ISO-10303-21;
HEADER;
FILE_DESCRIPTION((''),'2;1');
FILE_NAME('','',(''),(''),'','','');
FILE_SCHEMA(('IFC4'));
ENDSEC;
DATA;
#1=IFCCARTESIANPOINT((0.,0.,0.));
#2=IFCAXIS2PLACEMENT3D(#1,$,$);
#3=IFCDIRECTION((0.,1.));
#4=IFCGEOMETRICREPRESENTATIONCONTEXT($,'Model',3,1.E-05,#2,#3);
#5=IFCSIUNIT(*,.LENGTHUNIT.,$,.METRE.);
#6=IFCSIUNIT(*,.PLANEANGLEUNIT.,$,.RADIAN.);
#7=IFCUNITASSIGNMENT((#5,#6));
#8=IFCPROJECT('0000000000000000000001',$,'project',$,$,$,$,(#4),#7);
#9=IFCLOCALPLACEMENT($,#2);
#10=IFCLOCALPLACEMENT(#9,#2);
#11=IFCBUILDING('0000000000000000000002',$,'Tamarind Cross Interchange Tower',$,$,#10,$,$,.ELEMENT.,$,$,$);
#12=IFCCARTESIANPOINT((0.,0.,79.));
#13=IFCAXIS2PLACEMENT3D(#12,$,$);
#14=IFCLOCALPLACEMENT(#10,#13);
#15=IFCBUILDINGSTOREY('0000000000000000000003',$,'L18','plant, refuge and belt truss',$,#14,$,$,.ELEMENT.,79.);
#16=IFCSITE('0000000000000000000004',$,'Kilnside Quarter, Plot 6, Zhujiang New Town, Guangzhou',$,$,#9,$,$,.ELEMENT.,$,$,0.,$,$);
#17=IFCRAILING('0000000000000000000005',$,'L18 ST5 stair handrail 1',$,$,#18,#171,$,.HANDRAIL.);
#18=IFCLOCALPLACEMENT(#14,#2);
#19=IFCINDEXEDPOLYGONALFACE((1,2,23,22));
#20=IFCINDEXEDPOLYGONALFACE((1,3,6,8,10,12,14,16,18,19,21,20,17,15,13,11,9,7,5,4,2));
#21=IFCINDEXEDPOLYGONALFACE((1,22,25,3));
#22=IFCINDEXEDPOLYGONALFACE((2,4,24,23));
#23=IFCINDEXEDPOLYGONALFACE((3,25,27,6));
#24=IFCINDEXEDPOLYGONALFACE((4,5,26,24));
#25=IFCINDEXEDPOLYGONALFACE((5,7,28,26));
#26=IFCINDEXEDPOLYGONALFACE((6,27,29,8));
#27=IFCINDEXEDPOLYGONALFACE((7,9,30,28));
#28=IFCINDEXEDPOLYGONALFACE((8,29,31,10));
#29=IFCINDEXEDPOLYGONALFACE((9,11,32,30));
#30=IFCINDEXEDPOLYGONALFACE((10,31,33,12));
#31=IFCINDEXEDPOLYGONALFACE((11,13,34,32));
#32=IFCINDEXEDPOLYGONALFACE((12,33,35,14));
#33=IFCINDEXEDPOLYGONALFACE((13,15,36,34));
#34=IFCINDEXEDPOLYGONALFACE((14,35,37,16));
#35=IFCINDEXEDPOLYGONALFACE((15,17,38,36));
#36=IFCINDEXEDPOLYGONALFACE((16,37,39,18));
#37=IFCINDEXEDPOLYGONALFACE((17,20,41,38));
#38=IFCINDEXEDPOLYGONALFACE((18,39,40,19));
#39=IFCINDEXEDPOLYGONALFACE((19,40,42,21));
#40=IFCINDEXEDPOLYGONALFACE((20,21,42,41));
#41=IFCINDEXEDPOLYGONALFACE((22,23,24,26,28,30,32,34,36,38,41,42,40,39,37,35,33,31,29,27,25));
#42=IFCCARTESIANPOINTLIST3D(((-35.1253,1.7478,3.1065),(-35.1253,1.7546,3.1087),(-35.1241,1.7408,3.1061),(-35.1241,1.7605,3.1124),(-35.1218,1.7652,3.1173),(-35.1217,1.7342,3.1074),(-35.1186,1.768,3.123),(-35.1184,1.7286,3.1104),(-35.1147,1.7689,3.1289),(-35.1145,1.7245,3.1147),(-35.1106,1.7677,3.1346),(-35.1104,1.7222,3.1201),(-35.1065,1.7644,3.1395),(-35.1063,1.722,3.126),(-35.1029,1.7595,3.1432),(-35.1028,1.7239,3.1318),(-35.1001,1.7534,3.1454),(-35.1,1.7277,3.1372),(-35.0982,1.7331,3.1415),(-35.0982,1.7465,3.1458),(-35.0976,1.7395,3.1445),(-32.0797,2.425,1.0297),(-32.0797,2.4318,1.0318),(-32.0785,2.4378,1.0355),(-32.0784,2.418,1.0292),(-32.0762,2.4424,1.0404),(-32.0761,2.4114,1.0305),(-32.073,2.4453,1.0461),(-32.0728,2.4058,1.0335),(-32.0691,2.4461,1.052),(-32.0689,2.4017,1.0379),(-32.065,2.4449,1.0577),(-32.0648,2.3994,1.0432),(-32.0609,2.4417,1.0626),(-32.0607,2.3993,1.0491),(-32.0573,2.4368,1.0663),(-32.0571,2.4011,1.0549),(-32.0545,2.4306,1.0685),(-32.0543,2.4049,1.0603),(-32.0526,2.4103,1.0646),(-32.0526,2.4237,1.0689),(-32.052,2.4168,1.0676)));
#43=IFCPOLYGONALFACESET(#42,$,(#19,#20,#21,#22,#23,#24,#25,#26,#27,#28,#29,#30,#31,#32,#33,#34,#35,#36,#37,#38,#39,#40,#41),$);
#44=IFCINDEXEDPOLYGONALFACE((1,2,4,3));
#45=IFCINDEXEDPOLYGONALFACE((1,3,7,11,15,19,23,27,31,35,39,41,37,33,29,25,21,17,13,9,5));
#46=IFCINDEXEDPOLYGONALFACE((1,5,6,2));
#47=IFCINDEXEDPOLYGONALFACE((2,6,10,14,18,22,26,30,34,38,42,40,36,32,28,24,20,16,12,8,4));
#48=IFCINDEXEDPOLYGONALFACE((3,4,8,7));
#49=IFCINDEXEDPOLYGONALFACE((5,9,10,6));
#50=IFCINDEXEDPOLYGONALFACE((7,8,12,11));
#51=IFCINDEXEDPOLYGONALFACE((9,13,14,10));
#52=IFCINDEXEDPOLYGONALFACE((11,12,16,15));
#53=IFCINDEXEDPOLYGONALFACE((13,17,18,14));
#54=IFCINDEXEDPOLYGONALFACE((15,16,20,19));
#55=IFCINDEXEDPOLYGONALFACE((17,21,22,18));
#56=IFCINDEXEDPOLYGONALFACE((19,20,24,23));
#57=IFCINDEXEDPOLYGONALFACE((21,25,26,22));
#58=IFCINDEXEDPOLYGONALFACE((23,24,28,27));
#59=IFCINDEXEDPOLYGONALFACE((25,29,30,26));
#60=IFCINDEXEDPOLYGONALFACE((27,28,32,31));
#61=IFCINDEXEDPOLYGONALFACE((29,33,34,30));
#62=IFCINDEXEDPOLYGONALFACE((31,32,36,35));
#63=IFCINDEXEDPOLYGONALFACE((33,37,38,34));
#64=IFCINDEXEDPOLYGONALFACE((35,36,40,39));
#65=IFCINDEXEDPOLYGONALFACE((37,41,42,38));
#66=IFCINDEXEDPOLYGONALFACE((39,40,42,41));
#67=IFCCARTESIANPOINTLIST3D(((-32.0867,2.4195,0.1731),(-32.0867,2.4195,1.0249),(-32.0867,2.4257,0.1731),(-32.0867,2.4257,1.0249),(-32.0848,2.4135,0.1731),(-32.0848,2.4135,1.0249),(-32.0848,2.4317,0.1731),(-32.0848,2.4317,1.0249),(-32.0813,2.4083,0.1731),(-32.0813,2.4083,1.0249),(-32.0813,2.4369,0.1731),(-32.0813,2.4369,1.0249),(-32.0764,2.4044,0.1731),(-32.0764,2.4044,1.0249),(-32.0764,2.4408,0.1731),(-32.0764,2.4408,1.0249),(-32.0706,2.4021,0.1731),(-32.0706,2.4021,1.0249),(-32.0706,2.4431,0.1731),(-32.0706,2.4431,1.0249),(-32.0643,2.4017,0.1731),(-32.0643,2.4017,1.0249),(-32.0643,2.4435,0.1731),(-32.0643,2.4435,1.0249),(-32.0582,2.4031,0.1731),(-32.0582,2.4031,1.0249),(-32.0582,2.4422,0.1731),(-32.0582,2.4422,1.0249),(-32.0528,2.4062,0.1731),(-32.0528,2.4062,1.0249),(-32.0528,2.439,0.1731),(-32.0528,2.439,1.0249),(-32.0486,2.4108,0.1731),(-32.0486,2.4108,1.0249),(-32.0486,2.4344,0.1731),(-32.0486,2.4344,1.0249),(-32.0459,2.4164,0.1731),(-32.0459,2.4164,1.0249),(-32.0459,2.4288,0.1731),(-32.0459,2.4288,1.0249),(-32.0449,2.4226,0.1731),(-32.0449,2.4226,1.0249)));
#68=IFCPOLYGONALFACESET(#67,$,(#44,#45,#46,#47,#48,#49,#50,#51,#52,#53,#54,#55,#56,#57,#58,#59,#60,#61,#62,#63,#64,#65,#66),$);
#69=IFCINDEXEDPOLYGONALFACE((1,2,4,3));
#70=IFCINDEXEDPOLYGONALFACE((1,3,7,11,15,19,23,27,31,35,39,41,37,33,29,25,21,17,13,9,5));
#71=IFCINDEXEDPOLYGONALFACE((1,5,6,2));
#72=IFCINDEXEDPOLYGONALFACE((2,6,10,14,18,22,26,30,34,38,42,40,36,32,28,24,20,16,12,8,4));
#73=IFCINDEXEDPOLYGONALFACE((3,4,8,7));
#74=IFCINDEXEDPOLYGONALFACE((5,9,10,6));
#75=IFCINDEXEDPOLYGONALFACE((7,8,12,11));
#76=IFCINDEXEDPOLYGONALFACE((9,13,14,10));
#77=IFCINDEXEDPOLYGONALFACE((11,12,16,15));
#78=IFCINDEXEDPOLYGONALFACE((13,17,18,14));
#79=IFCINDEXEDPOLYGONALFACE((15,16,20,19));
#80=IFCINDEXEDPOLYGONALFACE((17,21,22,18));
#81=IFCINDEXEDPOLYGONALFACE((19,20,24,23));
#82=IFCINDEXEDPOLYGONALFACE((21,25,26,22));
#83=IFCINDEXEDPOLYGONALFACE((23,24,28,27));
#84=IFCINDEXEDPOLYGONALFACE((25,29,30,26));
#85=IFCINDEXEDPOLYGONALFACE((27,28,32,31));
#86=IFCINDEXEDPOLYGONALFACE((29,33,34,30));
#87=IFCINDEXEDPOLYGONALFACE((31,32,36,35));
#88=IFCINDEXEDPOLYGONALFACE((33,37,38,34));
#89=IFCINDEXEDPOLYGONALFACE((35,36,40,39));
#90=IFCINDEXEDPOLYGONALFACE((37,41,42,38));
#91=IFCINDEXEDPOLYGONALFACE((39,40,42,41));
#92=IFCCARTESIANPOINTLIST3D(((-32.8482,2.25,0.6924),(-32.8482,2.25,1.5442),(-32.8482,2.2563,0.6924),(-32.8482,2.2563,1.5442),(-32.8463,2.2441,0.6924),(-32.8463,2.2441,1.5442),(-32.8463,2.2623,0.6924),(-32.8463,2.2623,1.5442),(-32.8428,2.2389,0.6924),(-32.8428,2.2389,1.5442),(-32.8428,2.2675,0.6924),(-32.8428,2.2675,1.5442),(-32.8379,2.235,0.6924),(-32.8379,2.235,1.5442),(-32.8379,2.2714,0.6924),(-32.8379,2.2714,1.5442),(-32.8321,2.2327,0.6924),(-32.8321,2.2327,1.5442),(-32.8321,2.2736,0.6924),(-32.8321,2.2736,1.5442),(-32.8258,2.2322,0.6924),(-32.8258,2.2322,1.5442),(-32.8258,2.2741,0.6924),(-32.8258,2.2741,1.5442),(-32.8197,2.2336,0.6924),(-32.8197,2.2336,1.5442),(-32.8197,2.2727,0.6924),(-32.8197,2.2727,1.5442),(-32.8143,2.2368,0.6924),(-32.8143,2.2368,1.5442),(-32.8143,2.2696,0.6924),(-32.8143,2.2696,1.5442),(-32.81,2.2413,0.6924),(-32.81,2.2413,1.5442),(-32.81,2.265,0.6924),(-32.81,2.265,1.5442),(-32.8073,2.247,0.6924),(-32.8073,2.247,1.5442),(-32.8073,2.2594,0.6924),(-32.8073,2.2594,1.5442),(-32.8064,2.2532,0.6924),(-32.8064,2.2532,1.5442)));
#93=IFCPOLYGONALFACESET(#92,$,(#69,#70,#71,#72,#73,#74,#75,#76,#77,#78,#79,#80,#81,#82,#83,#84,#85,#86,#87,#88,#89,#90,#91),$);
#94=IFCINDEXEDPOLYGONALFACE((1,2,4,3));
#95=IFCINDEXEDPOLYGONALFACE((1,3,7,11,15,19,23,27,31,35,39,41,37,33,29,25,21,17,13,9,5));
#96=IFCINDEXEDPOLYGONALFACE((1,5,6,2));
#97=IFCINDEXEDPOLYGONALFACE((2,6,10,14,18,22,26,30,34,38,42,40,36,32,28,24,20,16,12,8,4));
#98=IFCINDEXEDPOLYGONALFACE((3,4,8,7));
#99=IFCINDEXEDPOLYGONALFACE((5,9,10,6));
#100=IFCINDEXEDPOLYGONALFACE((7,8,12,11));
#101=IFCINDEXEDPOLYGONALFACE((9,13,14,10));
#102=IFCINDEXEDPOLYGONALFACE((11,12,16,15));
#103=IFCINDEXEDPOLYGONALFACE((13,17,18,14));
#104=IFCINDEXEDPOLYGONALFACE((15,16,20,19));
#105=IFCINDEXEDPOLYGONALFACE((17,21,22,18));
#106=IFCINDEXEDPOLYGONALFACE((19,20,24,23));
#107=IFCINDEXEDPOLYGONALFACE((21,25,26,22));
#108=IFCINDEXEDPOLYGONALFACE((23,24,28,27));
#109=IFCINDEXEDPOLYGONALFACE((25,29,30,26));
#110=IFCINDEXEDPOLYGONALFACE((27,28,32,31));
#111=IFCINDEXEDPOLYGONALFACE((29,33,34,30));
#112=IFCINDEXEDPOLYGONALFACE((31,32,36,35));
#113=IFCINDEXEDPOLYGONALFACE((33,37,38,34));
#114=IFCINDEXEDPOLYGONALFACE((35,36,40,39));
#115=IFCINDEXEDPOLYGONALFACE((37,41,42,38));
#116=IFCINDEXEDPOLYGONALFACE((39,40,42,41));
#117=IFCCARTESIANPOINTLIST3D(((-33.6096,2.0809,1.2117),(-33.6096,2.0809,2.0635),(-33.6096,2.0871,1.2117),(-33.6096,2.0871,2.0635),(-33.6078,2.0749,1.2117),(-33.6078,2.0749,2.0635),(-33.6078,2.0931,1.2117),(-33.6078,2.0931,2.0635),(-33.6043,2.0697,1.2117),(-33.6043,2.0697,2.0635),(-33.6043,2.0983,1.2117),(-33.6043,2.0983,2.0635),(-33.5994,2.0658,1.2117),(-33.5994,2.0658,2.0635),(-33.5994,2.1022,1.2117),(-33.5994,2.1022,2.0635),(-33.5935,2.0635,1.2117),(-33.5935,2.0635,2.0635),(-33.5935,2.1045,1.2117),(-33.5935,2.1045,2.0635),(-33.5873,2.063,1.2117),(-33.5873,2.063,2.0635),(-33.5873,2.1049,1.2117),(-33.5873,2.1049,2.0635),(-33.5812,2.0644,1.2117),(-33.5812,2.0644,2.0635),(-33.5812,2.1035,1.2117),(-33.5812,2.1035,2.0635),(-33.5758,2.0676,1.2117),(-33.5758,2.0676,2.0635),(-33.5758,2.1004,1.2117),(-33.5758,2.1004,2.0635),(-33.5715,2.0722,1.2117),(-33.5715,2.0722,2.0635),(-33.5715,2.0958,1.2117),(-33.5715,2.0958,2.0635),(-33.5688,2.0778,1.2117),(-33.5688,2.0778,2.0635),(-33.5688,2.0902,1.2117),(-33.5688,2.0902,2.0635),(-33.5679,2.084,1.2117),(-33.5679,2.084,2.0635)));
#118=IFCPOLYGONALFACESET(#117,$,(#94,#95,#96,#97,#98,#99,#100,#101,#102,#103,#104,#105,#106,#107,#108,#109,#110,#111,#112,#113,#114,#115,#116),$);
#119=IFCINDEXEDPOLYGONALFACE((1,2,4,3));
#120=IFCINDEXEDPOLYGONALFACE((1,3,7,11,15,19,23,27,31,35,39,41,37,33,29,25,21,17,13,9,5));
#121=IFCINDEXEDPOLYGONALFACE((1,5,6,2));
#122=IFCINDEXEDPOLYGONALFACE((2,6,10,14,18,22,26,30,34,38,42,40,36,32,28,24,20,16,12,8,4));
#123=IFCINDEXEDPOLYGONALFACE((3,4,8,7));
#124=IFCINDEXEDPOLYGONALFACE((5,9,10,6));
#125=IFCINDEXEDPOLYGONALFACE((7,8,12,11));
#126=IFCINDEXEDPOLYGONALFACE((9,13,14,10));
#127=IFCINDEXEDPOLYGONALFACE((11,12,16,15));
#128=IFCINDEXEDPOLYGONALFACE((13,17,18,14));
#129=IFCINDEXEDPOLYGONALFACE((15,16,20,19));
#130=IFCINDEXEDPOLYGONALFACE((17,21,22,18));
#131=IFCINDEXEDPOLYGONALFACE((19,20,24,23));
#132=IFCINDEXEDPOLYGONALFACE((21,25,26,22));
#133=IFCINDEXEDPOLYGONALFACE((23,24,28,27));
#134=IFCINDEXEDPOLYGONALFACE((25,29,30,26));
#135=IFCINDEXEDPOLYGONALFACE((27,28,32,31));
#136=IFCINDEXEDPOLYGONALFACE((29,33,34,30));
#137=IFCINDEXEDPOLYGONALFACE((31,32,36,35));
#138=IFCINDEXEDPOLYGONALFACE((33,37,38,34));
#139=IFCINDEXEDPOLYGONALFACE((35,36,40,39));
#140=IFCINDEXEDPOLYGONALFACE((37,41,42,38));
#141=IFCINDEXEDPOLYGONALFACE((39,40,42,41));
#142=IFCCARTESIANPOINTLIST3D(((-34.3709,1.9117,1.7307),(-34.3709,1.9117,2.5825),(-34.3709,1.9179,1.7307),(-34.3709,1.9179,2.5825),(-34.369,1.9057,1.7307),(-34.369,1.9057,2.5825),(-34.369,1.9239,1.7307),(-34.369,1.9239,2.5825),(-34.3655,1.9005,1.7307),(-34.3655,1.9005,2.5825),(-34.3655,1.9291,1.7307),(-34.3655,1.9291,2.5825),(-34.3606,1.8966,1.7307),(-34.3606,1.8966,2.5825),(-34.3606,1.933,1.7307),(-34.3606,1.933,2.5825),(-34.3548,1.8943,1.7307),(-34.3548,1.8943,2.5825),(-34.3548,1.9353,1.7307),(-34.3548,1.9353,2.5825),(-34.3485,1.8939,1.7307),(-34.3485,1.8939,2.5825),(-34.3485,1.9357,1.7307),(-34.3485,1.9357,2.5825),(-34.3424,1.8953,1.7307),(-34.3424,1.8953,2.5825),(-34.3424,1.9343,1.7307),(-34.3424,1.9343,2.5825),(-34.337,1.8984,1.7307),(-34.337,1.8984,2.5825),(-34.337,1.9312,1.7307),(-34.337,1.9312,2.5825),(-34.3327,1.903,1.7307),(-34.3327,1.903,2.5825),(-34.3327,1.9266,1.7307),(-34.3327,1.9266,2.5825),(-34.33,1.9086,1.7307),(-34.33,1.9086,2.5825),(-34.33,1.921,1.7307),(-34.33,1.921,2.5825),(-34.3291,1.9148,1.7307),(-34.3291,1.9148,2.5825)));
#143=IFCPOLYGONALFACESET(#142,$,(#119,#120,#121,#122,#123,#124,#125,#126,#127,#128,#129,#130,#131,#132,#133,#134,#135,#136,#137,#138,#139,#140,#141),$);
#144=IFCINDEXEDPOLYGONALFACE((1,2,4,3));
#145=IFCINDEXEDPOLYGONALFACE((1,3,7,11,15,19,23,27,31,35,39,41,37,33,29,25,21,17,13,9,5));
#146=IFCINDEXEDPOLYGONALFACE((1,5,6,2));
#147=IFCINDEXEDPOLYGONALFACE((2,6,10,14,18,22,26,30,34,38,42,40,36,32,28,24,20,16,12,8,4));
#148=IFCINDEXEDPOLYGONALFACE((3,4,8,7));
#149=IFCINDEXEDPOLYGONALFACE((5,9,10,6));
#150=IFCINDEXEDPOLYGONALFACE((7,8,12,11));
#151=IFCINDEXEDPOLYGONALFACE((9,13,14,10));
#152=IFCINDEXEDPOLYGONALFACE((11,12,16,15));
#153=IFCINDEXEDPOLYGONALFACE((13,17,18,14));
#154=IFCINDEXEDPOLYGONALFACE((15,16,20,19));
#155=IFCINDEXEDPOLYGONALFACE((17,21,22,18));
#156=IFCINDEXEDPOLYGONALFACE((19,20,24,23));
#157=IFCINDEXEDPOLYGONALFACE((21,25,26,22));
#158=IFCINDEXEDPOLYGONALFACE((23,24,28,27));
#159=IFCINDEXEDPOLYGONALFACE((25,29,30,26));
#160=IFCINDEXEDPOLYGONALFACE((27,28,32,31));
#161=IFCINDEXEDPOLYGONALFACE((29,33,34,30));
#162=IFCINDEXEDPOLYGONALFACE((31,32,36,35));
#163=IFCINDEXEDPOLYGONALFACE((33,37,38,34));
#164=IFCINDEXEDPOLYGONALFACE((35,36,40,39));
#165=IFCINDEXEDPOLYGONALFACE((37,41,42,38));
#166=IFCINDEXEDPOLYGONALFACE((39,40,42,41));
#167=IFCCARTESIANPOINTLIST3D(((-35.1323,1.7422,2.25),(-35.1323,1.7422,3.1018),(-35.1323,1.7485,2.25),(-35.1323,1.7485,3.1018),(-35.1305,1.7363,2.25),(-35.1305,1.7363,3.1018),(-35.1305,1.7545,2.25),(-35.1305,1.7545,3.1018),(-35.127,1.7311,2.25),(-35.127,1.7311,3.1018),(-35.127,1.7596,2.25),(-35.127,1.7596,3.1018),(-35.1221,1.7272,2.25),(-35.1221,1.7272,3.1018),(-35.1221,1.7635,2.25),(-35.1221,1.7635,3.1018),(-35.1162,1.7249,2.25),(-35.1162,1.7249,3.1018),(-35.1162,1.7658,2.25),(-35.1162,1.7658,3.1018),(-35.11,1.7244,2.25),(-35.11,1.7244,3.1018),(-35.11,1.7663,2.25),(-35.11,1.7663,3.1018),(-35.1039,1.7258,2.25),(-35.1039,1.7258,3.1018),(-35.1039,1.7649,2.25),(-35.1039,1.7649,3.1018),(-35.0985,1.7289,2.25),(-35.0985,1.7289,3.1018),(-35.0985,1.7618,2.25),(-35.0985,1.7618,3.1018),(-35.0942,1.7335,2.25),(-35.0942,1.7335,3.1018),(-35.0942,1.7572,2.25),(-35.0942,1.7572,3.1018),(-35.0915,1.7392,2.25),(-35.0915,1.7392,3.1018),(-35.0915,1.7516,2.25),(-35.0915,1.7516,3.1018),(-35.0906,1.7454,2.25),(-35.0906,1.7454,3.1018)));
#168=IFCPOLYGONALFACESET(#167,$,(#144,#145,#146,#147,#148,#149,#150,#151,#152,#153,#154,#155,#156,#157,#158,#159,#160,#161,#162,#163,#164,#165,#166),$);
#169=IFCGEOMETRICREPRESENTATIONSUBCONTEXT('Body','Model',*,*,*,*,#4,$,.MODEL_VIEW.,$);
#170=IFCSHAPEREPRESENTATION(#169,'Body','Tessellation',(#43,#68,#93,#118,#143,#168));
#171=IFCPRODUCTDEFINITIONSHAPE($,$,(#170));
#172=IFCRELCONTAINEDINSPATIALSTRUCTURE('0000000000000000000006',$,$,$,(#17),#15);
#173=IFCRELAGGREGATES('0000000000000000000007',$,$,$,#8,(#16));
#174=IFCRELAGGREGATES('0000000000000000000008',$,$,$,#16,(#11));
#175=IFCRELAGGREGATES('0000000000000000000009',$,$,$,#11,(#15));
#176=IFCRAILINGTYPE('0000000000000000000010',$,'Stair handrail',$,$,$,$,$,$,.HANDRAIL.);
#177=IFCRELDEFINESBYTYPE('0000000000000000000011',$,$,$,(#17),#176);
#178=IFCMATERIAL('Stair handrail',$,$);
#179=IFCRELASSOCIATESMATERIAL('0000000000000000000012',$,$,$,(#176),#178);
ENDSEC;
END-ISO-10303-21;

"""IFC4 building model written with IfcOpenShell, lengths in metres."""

from ifc_helpers import new_model, si_unit, direction, frame, origin, origin_2d, place, context, subcontext, project, spatial, circle, extrude, material, type_object, element, save


model = new_model("IFC4")

# Units and contexts
model_context = context("Model", 3, precision=1e-05, world=origin(), true_north=direction((0.0, 1.0)))
body_context = subcontext(model_context, "Body", "Model", "MODEL_VIEW")
ifc_project = project(units=[si_unit("LENGTHUNIT", "METRE"), si_unit("PLANEANGLEUNIT", "RADIAN")], contexts=[model_context])

# Site, building, storey
site_placement = place(None, origin())
site = spatial("IfcSite", under=ifc_project, at=site_placement, Name="Kilnside Quarter, Plot 6, Zhujiang New Town, Guangzhou", CompositionType="ELEMENT", RefElevation=0.0)
building_placement = place(site_placement, origin())
building = spatial("IfcBuilding", under=site, at=building_placement, Name="Tamarind Cross Interchange Tower", CompositionType="ELEMENT")
storey_placement = place(building_placement, frame((0.0, 0.0, 79.0)))
storey = spatial("IfcBuildingStorey", under=building, at=storey_placement, Name="L18", Description="plant, refuge and belt truss", CompositionType="ELEMENT", Elevation=79.0)

# Railing
ifc_material_1 = material(Name="Stair handrail")
railing_type_1 = type_object("IfcRailingType", Name="Stair handrail", PredefinedType="HANDRAIL", material=ifc_material_1)
railing_1_placement = place(storey_placement, frame((-32.0659, 2.4226, 0.1731)))
element("IfcRailing", 1, at=railing_1_placement, inside=storey, type_object=railing_type_1, Name="L18 ST5 stair handrail 1", PredefinedType="HANDRAIL", context=body_context, shape_type="SweptSolid", body=[
    extrude(circle(Radius=0.0239, at=origin_2d()), frame((0.0, 0.0, 0.876), z_axis=(-0.812588, -0.180691, 0.554123), x_axis=(0.217063, -0.976158, 0.0)), (0.0, 0.0, 1.0), 3.748),
    extrude(circle(Radius=0.021, at=origin_2d()), origin(), (0.0, 0.0, 1.0), 0.8518),
    extrude(circle(Radius=0.021, at=origin_2d()), frame((-0.7615, -0.1694, 0.5193)), (0.0, 0.0, 1.0), 0.8518),
    extrude(circle(Radius=0.021, at=origin_2d()), frame((-1.5229, -0.3386, 1.0386)), (0.0, 0.0, 1.0), 0.8518),
    extrude(circle(Radius=0.021, at=origin_2d()), frame((-2.2842, -0.5078, 1.5576)), (0.0, 0.0, 1.0), 0.8518),
    extrude(circle(Radius=0.021, at=origin_2d()), frame((-3.0457, -0.6772, 2.0769)), (0.0, 0.0, 1.0), 0.8518),
])

save(model, "model.ifc")
